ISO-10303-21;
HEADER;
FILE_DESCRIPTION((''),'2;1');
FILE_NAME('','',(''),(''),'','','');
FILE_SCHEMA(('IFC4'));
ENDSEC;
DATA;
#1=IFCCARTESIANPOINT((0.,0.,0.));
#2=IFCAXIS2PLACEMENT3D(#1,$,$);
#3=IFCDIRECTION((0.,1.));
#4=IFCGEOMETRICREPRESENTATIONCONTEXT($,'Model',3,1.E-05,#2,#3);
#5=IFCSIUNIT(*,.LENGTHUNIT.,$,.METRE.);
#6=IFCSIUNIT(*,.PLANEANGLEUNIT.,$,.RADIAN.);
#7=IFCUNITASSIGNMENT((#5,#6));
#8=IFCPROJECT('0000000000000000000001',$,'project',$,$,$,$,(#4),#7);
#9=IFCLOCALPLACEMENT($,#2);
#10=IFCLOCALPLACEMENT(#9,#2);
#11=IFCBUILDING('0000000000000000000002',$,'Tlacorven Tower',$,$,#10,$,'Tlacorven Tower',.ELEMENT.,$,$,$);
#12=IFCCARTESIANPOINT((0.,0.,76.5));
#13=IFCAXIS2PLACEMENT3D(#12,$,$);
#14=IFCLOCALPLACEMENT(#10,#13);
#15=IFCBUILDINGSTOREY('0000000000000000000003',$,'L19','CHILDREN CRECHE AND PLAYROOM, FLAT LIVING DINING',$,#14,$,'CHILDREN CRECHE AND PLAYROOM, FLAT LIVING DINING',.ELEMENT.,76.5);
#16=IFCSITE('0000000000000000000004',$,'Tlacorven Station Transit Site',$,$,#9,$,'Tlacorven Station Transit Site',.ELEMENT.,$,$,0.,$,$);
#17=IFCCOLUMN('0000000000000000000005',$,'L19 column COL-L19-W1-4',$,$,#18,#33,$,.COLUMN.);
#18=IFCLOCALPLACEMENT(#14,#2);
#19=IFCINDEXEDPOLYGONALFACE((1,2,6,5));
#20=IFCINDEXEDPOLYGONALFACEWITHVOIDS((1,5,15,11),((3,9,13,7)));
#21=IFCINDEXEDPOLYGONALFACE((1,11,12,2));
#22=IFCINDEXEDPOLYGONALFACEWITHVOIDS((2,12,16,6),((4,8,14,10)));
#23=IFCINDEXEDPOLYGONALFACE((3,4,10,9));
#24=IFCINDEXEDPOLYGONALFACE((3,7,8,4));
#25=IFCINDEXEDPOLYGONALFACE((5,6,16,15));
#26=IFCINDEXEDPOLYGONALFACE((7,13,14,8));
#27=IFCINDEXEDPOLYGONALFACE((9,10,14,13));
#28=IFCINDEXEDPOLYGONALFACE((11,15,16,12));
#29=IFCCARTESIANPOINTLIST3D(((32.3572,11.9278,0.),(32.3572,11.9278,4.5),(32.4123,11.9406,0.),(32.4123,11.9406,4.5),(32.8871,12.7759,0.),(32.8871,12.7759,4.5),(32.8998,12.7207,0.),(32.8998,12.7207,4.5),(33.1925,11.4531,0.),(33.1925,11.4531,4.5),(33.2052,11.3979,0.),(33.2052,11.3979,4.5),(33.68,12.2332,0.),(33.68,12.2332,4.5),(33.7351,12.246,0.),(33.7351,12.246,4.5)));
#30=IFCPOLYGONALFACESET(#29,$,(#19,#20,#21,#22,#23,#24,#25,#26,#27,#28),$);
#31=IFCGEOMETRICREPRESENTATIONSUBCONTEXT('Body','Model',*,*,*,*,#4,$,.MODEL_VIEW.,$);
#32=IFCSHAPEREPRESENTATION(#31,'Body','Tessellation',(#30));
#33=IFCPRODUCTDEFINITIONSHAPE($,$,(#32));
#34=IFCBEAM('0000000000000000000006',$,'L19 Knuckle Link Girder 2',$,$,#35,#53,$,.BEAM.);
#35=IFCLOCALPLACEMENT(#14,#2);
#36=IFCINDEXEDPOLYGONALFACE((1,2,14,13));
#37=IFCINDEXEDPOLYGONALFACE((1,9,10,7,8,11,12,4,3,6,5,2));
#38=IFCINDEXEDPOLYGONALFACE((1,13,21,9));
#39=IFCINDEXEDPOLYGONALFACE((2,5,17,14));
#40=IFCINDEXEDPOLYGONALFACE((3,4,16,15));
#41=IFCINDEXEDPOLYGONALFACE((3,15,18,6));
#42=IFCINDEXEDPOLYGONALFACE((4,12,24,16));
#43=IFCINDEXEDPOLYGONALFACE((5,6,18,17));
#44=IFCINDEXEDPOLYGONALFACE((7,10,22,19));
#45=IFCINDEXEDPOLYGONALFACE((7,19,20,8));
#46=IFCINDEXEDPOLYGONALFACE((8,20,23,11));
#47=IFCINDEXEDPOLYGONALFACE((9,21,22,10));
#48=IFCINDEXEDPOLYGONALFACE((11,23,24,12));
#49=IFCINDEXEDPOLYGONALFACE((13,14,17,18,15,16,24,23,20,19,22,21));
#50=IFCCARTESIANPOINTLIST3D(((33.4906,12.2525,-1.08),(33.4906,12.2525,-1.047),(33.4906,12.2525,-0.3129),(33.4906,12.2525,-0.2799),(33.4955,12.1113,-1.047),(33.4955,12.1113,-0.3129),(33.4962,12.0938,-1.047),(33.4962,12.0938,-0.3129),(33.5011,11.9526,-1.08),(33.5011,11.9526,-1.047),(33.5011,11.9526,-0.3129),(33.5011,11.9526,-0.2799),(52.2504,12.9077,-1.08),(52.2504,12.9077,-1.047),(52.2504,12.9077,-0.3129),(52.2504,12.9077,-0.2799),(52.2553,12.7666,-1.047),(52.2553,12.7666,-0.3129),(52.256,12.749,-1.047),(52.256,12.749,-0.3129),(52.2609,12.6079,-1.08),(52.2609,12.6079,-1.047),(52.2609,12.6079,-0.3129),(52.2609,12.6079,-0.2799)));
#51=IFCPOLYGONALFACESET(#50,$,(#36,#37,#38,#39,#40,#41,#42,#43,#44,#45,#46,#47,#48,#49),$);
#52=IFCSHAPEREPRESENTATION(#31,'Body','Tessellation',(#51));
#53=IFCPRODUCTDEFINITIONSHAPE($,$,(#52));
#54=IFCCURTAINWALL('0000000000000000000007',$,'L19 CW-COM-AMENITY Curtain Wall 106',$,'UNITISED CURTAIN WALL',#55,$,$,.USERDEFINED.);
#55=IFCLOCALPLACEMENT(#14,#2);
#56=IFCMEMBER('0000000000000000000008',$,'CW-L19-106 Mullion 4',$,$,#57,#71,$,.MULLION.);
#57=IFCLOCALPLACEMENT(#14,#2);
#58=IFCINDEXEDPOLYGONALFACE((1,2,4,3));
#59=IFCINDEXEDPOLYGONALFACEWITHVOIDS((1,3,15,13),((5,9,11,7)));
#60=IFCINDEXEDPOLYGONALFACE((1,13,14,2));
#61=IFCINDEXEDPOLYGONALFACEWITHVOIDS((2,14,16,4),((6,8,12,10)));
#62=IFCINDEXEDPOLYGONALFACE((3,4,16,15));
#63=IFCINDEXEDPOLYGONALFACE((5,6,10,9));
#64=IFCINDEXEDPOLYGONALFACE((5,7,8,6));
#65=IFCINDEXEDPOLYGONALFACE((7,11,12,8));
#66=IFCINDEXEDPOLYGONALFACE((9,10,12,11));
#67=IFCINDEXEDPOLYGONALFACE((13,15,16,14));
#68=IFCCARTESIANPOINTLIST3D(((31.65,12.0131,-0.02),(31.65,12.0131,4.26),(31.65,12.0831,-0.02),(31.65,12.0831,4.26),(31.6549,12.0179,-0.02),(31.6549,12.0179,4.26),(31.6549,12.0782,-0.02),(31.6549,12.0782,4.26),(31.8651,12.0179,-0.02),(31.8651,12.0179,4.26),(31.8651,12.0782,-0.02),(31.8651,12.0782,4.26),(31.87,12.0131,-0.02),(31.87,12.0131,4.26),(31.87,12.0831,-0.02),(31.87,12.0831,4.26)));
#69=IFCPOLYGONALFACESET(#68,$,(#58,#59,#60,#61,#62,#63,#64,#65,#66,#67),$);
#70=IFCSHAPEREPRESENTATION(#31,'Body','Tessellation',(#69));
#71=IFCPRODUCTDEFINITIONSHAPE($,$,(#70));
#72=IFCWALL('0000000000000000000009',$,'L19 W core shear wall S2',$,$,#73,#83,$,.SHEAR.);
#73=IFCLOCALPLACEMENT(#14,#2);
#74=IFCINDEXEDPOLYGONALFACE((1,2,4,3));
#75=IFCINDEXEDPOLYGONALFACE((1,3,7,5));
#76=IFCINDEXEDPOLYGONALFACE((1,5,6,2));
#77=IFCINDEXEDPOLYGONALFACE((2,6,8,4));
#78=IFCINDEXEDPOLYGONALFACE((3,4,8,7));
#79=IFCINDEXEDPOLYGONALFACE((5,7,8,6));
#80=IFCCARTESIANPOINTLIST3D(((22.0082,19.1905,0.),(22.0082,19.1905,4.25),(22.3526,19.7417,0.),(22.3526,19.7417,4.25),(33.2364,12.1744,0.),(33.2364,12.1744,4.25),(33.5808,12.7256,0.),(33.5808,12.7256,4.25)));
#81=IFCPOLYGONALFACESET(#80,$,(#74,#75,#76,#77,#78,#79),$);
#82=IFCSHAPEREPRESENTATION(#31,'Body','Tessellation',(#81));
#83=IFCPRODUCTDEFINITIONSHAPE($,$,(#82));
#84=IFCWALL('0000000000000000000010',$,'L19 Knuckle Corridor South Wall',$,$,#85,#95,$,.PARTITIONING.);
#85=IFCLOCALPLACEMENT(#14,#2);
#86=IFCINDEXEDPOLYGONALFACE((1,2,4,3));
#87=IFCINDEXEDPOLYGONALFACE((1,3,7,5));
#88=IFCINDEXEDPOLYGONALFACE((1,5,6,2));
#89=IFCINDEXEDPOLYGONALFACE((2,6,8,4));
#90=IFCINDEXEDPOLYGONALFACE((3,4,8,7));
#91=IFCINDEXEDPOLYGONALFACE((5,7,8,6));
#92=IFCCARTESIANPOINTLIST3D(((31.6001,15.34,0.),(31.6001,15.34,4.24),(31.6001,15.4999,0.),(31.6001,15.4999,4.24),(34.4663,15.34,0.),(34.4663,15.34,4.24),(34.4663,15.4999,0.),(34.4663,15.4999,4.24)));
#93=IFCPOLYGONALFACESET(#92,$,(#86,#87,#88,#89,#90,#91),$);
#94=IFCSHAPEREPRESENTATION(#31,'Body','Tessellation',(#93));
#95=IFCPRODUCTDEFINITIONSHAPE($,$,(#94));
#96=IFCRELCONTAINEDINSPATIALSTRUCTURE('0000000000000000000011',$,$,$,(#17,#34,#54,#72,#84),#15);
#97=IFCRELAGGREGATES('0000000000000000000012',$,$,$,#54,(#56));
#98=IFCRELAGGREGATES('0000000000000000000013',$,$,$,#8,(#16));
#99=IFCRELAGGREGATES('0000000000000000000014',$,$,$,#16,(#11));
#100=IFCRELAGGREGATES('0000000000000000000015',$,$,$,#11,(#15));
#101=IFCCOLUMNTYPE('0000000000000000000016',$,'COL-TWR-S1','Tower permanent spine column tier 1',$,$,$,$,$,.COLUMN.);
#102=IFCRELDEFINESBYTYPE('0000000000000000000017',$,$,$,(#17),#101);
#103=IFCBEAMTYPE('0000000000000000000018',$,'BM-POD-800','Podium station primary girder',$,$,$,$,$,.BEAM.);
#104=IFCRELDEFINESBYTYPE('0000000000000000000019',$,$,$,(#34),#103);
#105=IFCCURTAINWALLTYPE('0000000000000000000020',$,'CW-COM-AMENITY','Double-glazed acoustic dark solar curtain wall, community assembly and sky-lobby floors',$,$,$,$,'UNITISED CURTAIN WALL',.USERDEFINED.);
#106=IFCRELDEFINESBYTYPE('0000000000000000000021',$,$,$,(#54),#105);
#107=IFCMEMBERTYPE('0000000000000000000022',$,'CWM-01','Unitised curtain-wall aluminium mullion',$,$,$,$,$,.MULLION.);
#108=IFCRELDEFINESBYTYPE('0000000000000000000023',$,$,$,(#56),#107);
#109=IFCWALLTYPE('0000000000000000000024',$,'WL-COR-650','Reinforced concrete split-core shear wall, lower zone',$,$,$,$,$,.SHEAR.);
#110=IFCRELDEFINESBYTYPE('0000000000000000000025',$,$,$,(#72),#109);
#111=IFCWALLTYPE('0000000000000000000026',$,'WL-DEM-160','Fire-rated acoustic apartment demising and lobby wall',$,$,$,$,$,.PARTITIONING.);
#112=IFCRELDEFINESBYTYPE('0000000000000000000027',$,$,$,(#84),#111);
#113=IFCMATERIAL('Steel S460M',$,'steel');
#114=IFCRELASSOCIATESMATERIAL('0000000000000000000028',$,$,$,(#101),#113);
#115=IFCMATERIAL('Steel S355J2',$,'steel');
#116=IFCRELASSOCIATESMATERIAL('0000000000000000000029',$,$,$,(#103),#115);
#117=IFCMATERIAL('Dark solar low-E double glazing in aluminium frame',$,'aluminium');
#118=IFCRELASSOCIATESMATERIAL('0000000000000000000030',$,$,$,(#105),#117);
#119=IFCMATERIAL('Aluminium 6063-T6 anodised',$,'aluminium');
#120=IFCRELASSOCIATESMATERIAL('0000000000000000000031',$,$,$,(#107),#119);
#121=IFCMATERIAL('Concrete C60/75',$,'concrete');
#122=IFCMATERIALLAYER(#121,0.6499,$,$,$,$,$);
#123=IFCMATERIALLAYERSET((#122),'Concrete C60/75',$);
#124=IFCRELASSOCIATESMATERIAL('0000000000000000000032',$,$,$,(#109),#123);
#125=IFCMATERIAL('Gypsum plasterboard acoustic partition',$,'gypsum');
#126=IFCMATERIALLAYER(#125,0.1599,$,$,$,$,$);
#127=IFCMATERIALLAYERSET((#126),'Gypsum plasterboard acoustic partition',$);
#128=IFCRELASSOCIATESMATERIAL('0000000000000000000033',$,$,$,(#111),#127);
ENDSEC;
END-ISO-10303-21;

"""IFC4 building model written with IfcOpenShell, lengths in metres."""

from ifc_helpers import new_model, si_unit, direction, frame, frame_2d, origin, origin_2d, place, context, subcontext, project, spatial, rectangle, hollow_rectangle, i_section, extrude, source, transform, mapped, material, layer, layer_set, material_profile, profile_set, type_object, element, aggregate, save


model = new_model("IFC4")

# Units and contexts
model_context = context("Model", 3, precision=1e-05, world=origin(), true_north=direction((0.0, 1.0)))
body_context = subcontext(model_context, "Body", "Model", "MODEL_VIEW")
ifc_project = project(units=[si_unit("LENGTHUNIT", "METRE"), si_unit("PLANEANGLEUNIT", "RADIAN")], contexts=[model_context])

# Site, building, storey
site_placement = place(None, origin())
site = spatial("IfcSite", under=ifc_project, at=site_placement, Name="Tlacorven Station Transit Site", LongName="Tlacorven Station Transit Site", CompositionType="ELEMENT", RefElevation=0.0)
building_placement = place(site_placement, origin())
building = spatial("IfcBuilding", under=site, at=building_placement, Name="Tlacorven Tower", LongName="Tlacorven Tower", CompositionType="ELEMENT")
storey_placement = place(building_placement, frame((0.0, 0.0, 76.5)))
storey = spatial("IfcBuildingStorey", under=building, at=storey_placement, Name="L19", Description="CHILDREN CRECHE AND PLAYROOM, FLAT LIVING DINING", LongName="CHILDREN CRECHE AND PLAYROOM, FLAT LIVING DINING", CompositionType="ELEMENT", Elevation=76.5)

# Column
ifc_material_1 = material(Name="Steel S460M", Category="steel")
ifc_material_profile_1 = material_profile(ifc_material_1, hollow_rectangle(XDim=1.0, YDim=1.0, WallThickness=0.04, at=origin_2d()), Name="BOX 1000X1000X40")
ifc_profile_set_1 = profile_set([ifc_material_profile_1], Name="Steel S460M")
column_type = type_object("IfcColumnType", Name="COL-TWR-S1", Description="Tower permanent spine column tier 1", PredefinedType="COLUMN", material=ifc_profile_set_1)
shared_shape_1 = source(origin(), body_context, "Body", "SweptSolid", [
    extrude(hollow_rectangle(XDim=1.0, YDim=1.0, WallThickness=0.04, at=origin_2d()), origin(), (0.0, 0.0, 1.0), 4.5),
])
column_placement = place(storey_placement, frame((33.0461, 12.0869, 0.0), z_axis=(0.0, 0.0, 1.0), x_axis=(-0.848048, 0.529919, 0.0)))
element("IfcColumn", 1, at=column_placement, inside=storey, type_object=column_type, Name="L19 column COL-L19-W1-4", PredefinedType="COLUMN", context=body_context, shape_type="MappedRepresentation", body=[
    mapped(shared_shape_1, transform((0.0, 0.0, 0.0), scale=1.0)),
])

# Beam
ifc_material_2 = material(Name="Steel S355J2", Category="steel")
ifc_material_profile_2 = material_profile(ifc_material_2, i_section(OverallWidth=0.3, OverallDepth=0.8, WebThickness=0.0176, FlangeThickness=0.033, at=origin_2d()), Name="HEB 800")
ifc_profile_set_2 = profile_set([ifc_material_profile_2], Name="Steel S355J2")
beam_type = type_object("IfcBeamType", Name="BM-POD-800", Description="Podium station primary girder", PredefinedType="BEAM", material=ifc_profile_set_2)
shared_shape_2 = source(origin(), body_context, "Body", "SweptSolid", [
    extrude(i_section(OverallWidth=0.3, OverallDepth=0.8, WebThickness=0.0176, FlangeThickness=0.033, at=origin_2d()), origin(), (0.0, 0.0, 1.0), 18.7712),
])
beam_placement = place(storey_placement, frame((33.4958, 12.1025, -0.6799), z_axis=(0.999391, 0.034908, 0.0), x_axis=(-0.034908, 0.999391, 0.0)))
element("IfcBeam", 2, at=beam_placement, inside=storey, type_object=beam_type, Name="L19 Knuckle Link Girder 2", PredefinedType="BEAM", context=body_context, shape_type="MappedRepresentation", body=[
    mapped(shared_shape_2, transform((0.0, 0.0, 0.0), scale=1.0)),
])

# Curtain wall, member
ifc_material_3 = material(Name="Dark solar low-E double glazing in aluminium frame", Category="aluminium")
curtain_wall_type = type_object("IfcCurtainWallType", Name="CW-COM-AMENITY", Description="Double-glazed acoustic dark solar curtain wall, community assembly and sky-lobby floors", ElementType="UNITISED CURTAIN WALL", PredefinedType="USERDEFINED", material=ifc_material_3)
curtain_wall_placement = place(storey_placement, origin())
curtain_wall = element("IfcCurtainWall", 3, at=curtain_wall_placement, inside=storey, type_object=curtain_wall_type, Name="L19 CW-COM-AMENITY Curtain Wall 106", ObjectType="UNITISED CURTAIN WALL", PredefinedType="USERDEFINED")
ifc_material_4 = material(Name="Aluminium 6063-T6 anodised", Category="aluminium")
ifc_material_profile_3 = material_profile(ifc_material_4, hollow_rectangle(XDim=0.0701, YDim=0.22, WallThickness=0.0049, at=origin_2d()), Name="ALU MULLION 70X220")
ifc_profile_set_3 = profile_set([ifc_material_profile_3], Name="Aluminium 6063-T6 anodised")
member_type = type_object("IfcMemberType", Name="CWM-01", Description="Unitised curtain-wall aluminium mullion", PredefinedType="MULLION", material=ifc_profile_set_3)
shared_shape_3 = source(origin(), body_context, "Body", "SweptSolid", [
    extrude(hollow_rectangle(XDim=0.0701, YDim=0.22, WallThickness=0.0049, at=origin_2d()), origin(), (0.0, 0.0, 1.0), 4.28),
])
member_placement = place(storey_placement, frame((31.76, 12.0481, -0.02), z_axis=(0.0, 0.0, 1.0), x_axis=(0.0, 1.0, 0.0)))
member = element("IfcMember", 4, at=member_placement, type_object=member_type, Name="CW-L19-106 Mullion 4", PredefinedType="MULLION", context=body_context, shape_type="MappedRepresentation", body=[
    mapped(shared_shape_3, transform((0.0, 0.0, 0.0), scale=1.0)),
])
aggregate(curtain_wall, [member])

# Walls
ifc_material_5 = material(Name="Concrete C60/75", Category="concrete")
ifc_layer_1 = layer(ifc_material_5, 0.6499)
ifc_layer_set_1 = layer_set([ifc_layer_1], Name="Concrete C60/75")
wall_type_1 = type_object("IfcWallType", Name="WL-COR-650", Description="Reinforced concrete split-core shear wall, lower zone", PredefinedType="SHEAR", material=ifc_layer_set_1)
wall_1_placement = place(storey_placement, frame((33.4087, 12.45, 0.0), z_axis=(0.0, 0.0, 1.0), x_axis=(-0.848051, 0.529914, 0.0)))
element("IfcWall", 5, at=wall_1_placement, inside=storey, type_object=wall_type_1, Name="L19 W core shear wall S2", PredefinedType="SHEAR", context=body_context, shape_type="SweptSolid", body=[
    extrude(rectangle(XDim=13.24, YDim=0.6499, at=frame_2d((6.6201, 0.0))), origin(), (0.0, 0.0, 1.0), 4.25),
])
ifc_material_6 = material(Name="Gypsum plasterboard acoustic partition", Category="gypsum")
ifc_layer_2 = layer(ifc_material_6, 0.1599)
ifc_layer_set_2 = layer_set([ifc_layer_2], Name="Gypsum plasterboard acoustic partition")
wall_type_2 = type_object("IfcWallType", Name="WL-DEM-160", Description="Fire-rated acoustic apartment demising and lobby wall", PredefinedType="PARTITIONING", material=ifc_layer_set_2)
wall_2_placement = place(storey_placement, frame((31.6001, 15.4199, 0.0), z_axis=(0.0, 0.0, 1.0), x_axis=(1.0, 0.0, 0.0)))
element("IfcWall", 6, at=wall_2_placement, inside=storey, type_object=wall_type_2, Name="L19 Knuckle Corridor South Wall", PredefinedType="PARTITIONING", context=body_context, shape_type="SweptSolid", body=[
    extrude(rectangle(XDim=2.8662, YDim=0.1599, at=frame_2d((1.4331, 0.0))), origin(), (0.0, 0.0, 1.0), 4.24),
])

save(model, "model.ifc")
